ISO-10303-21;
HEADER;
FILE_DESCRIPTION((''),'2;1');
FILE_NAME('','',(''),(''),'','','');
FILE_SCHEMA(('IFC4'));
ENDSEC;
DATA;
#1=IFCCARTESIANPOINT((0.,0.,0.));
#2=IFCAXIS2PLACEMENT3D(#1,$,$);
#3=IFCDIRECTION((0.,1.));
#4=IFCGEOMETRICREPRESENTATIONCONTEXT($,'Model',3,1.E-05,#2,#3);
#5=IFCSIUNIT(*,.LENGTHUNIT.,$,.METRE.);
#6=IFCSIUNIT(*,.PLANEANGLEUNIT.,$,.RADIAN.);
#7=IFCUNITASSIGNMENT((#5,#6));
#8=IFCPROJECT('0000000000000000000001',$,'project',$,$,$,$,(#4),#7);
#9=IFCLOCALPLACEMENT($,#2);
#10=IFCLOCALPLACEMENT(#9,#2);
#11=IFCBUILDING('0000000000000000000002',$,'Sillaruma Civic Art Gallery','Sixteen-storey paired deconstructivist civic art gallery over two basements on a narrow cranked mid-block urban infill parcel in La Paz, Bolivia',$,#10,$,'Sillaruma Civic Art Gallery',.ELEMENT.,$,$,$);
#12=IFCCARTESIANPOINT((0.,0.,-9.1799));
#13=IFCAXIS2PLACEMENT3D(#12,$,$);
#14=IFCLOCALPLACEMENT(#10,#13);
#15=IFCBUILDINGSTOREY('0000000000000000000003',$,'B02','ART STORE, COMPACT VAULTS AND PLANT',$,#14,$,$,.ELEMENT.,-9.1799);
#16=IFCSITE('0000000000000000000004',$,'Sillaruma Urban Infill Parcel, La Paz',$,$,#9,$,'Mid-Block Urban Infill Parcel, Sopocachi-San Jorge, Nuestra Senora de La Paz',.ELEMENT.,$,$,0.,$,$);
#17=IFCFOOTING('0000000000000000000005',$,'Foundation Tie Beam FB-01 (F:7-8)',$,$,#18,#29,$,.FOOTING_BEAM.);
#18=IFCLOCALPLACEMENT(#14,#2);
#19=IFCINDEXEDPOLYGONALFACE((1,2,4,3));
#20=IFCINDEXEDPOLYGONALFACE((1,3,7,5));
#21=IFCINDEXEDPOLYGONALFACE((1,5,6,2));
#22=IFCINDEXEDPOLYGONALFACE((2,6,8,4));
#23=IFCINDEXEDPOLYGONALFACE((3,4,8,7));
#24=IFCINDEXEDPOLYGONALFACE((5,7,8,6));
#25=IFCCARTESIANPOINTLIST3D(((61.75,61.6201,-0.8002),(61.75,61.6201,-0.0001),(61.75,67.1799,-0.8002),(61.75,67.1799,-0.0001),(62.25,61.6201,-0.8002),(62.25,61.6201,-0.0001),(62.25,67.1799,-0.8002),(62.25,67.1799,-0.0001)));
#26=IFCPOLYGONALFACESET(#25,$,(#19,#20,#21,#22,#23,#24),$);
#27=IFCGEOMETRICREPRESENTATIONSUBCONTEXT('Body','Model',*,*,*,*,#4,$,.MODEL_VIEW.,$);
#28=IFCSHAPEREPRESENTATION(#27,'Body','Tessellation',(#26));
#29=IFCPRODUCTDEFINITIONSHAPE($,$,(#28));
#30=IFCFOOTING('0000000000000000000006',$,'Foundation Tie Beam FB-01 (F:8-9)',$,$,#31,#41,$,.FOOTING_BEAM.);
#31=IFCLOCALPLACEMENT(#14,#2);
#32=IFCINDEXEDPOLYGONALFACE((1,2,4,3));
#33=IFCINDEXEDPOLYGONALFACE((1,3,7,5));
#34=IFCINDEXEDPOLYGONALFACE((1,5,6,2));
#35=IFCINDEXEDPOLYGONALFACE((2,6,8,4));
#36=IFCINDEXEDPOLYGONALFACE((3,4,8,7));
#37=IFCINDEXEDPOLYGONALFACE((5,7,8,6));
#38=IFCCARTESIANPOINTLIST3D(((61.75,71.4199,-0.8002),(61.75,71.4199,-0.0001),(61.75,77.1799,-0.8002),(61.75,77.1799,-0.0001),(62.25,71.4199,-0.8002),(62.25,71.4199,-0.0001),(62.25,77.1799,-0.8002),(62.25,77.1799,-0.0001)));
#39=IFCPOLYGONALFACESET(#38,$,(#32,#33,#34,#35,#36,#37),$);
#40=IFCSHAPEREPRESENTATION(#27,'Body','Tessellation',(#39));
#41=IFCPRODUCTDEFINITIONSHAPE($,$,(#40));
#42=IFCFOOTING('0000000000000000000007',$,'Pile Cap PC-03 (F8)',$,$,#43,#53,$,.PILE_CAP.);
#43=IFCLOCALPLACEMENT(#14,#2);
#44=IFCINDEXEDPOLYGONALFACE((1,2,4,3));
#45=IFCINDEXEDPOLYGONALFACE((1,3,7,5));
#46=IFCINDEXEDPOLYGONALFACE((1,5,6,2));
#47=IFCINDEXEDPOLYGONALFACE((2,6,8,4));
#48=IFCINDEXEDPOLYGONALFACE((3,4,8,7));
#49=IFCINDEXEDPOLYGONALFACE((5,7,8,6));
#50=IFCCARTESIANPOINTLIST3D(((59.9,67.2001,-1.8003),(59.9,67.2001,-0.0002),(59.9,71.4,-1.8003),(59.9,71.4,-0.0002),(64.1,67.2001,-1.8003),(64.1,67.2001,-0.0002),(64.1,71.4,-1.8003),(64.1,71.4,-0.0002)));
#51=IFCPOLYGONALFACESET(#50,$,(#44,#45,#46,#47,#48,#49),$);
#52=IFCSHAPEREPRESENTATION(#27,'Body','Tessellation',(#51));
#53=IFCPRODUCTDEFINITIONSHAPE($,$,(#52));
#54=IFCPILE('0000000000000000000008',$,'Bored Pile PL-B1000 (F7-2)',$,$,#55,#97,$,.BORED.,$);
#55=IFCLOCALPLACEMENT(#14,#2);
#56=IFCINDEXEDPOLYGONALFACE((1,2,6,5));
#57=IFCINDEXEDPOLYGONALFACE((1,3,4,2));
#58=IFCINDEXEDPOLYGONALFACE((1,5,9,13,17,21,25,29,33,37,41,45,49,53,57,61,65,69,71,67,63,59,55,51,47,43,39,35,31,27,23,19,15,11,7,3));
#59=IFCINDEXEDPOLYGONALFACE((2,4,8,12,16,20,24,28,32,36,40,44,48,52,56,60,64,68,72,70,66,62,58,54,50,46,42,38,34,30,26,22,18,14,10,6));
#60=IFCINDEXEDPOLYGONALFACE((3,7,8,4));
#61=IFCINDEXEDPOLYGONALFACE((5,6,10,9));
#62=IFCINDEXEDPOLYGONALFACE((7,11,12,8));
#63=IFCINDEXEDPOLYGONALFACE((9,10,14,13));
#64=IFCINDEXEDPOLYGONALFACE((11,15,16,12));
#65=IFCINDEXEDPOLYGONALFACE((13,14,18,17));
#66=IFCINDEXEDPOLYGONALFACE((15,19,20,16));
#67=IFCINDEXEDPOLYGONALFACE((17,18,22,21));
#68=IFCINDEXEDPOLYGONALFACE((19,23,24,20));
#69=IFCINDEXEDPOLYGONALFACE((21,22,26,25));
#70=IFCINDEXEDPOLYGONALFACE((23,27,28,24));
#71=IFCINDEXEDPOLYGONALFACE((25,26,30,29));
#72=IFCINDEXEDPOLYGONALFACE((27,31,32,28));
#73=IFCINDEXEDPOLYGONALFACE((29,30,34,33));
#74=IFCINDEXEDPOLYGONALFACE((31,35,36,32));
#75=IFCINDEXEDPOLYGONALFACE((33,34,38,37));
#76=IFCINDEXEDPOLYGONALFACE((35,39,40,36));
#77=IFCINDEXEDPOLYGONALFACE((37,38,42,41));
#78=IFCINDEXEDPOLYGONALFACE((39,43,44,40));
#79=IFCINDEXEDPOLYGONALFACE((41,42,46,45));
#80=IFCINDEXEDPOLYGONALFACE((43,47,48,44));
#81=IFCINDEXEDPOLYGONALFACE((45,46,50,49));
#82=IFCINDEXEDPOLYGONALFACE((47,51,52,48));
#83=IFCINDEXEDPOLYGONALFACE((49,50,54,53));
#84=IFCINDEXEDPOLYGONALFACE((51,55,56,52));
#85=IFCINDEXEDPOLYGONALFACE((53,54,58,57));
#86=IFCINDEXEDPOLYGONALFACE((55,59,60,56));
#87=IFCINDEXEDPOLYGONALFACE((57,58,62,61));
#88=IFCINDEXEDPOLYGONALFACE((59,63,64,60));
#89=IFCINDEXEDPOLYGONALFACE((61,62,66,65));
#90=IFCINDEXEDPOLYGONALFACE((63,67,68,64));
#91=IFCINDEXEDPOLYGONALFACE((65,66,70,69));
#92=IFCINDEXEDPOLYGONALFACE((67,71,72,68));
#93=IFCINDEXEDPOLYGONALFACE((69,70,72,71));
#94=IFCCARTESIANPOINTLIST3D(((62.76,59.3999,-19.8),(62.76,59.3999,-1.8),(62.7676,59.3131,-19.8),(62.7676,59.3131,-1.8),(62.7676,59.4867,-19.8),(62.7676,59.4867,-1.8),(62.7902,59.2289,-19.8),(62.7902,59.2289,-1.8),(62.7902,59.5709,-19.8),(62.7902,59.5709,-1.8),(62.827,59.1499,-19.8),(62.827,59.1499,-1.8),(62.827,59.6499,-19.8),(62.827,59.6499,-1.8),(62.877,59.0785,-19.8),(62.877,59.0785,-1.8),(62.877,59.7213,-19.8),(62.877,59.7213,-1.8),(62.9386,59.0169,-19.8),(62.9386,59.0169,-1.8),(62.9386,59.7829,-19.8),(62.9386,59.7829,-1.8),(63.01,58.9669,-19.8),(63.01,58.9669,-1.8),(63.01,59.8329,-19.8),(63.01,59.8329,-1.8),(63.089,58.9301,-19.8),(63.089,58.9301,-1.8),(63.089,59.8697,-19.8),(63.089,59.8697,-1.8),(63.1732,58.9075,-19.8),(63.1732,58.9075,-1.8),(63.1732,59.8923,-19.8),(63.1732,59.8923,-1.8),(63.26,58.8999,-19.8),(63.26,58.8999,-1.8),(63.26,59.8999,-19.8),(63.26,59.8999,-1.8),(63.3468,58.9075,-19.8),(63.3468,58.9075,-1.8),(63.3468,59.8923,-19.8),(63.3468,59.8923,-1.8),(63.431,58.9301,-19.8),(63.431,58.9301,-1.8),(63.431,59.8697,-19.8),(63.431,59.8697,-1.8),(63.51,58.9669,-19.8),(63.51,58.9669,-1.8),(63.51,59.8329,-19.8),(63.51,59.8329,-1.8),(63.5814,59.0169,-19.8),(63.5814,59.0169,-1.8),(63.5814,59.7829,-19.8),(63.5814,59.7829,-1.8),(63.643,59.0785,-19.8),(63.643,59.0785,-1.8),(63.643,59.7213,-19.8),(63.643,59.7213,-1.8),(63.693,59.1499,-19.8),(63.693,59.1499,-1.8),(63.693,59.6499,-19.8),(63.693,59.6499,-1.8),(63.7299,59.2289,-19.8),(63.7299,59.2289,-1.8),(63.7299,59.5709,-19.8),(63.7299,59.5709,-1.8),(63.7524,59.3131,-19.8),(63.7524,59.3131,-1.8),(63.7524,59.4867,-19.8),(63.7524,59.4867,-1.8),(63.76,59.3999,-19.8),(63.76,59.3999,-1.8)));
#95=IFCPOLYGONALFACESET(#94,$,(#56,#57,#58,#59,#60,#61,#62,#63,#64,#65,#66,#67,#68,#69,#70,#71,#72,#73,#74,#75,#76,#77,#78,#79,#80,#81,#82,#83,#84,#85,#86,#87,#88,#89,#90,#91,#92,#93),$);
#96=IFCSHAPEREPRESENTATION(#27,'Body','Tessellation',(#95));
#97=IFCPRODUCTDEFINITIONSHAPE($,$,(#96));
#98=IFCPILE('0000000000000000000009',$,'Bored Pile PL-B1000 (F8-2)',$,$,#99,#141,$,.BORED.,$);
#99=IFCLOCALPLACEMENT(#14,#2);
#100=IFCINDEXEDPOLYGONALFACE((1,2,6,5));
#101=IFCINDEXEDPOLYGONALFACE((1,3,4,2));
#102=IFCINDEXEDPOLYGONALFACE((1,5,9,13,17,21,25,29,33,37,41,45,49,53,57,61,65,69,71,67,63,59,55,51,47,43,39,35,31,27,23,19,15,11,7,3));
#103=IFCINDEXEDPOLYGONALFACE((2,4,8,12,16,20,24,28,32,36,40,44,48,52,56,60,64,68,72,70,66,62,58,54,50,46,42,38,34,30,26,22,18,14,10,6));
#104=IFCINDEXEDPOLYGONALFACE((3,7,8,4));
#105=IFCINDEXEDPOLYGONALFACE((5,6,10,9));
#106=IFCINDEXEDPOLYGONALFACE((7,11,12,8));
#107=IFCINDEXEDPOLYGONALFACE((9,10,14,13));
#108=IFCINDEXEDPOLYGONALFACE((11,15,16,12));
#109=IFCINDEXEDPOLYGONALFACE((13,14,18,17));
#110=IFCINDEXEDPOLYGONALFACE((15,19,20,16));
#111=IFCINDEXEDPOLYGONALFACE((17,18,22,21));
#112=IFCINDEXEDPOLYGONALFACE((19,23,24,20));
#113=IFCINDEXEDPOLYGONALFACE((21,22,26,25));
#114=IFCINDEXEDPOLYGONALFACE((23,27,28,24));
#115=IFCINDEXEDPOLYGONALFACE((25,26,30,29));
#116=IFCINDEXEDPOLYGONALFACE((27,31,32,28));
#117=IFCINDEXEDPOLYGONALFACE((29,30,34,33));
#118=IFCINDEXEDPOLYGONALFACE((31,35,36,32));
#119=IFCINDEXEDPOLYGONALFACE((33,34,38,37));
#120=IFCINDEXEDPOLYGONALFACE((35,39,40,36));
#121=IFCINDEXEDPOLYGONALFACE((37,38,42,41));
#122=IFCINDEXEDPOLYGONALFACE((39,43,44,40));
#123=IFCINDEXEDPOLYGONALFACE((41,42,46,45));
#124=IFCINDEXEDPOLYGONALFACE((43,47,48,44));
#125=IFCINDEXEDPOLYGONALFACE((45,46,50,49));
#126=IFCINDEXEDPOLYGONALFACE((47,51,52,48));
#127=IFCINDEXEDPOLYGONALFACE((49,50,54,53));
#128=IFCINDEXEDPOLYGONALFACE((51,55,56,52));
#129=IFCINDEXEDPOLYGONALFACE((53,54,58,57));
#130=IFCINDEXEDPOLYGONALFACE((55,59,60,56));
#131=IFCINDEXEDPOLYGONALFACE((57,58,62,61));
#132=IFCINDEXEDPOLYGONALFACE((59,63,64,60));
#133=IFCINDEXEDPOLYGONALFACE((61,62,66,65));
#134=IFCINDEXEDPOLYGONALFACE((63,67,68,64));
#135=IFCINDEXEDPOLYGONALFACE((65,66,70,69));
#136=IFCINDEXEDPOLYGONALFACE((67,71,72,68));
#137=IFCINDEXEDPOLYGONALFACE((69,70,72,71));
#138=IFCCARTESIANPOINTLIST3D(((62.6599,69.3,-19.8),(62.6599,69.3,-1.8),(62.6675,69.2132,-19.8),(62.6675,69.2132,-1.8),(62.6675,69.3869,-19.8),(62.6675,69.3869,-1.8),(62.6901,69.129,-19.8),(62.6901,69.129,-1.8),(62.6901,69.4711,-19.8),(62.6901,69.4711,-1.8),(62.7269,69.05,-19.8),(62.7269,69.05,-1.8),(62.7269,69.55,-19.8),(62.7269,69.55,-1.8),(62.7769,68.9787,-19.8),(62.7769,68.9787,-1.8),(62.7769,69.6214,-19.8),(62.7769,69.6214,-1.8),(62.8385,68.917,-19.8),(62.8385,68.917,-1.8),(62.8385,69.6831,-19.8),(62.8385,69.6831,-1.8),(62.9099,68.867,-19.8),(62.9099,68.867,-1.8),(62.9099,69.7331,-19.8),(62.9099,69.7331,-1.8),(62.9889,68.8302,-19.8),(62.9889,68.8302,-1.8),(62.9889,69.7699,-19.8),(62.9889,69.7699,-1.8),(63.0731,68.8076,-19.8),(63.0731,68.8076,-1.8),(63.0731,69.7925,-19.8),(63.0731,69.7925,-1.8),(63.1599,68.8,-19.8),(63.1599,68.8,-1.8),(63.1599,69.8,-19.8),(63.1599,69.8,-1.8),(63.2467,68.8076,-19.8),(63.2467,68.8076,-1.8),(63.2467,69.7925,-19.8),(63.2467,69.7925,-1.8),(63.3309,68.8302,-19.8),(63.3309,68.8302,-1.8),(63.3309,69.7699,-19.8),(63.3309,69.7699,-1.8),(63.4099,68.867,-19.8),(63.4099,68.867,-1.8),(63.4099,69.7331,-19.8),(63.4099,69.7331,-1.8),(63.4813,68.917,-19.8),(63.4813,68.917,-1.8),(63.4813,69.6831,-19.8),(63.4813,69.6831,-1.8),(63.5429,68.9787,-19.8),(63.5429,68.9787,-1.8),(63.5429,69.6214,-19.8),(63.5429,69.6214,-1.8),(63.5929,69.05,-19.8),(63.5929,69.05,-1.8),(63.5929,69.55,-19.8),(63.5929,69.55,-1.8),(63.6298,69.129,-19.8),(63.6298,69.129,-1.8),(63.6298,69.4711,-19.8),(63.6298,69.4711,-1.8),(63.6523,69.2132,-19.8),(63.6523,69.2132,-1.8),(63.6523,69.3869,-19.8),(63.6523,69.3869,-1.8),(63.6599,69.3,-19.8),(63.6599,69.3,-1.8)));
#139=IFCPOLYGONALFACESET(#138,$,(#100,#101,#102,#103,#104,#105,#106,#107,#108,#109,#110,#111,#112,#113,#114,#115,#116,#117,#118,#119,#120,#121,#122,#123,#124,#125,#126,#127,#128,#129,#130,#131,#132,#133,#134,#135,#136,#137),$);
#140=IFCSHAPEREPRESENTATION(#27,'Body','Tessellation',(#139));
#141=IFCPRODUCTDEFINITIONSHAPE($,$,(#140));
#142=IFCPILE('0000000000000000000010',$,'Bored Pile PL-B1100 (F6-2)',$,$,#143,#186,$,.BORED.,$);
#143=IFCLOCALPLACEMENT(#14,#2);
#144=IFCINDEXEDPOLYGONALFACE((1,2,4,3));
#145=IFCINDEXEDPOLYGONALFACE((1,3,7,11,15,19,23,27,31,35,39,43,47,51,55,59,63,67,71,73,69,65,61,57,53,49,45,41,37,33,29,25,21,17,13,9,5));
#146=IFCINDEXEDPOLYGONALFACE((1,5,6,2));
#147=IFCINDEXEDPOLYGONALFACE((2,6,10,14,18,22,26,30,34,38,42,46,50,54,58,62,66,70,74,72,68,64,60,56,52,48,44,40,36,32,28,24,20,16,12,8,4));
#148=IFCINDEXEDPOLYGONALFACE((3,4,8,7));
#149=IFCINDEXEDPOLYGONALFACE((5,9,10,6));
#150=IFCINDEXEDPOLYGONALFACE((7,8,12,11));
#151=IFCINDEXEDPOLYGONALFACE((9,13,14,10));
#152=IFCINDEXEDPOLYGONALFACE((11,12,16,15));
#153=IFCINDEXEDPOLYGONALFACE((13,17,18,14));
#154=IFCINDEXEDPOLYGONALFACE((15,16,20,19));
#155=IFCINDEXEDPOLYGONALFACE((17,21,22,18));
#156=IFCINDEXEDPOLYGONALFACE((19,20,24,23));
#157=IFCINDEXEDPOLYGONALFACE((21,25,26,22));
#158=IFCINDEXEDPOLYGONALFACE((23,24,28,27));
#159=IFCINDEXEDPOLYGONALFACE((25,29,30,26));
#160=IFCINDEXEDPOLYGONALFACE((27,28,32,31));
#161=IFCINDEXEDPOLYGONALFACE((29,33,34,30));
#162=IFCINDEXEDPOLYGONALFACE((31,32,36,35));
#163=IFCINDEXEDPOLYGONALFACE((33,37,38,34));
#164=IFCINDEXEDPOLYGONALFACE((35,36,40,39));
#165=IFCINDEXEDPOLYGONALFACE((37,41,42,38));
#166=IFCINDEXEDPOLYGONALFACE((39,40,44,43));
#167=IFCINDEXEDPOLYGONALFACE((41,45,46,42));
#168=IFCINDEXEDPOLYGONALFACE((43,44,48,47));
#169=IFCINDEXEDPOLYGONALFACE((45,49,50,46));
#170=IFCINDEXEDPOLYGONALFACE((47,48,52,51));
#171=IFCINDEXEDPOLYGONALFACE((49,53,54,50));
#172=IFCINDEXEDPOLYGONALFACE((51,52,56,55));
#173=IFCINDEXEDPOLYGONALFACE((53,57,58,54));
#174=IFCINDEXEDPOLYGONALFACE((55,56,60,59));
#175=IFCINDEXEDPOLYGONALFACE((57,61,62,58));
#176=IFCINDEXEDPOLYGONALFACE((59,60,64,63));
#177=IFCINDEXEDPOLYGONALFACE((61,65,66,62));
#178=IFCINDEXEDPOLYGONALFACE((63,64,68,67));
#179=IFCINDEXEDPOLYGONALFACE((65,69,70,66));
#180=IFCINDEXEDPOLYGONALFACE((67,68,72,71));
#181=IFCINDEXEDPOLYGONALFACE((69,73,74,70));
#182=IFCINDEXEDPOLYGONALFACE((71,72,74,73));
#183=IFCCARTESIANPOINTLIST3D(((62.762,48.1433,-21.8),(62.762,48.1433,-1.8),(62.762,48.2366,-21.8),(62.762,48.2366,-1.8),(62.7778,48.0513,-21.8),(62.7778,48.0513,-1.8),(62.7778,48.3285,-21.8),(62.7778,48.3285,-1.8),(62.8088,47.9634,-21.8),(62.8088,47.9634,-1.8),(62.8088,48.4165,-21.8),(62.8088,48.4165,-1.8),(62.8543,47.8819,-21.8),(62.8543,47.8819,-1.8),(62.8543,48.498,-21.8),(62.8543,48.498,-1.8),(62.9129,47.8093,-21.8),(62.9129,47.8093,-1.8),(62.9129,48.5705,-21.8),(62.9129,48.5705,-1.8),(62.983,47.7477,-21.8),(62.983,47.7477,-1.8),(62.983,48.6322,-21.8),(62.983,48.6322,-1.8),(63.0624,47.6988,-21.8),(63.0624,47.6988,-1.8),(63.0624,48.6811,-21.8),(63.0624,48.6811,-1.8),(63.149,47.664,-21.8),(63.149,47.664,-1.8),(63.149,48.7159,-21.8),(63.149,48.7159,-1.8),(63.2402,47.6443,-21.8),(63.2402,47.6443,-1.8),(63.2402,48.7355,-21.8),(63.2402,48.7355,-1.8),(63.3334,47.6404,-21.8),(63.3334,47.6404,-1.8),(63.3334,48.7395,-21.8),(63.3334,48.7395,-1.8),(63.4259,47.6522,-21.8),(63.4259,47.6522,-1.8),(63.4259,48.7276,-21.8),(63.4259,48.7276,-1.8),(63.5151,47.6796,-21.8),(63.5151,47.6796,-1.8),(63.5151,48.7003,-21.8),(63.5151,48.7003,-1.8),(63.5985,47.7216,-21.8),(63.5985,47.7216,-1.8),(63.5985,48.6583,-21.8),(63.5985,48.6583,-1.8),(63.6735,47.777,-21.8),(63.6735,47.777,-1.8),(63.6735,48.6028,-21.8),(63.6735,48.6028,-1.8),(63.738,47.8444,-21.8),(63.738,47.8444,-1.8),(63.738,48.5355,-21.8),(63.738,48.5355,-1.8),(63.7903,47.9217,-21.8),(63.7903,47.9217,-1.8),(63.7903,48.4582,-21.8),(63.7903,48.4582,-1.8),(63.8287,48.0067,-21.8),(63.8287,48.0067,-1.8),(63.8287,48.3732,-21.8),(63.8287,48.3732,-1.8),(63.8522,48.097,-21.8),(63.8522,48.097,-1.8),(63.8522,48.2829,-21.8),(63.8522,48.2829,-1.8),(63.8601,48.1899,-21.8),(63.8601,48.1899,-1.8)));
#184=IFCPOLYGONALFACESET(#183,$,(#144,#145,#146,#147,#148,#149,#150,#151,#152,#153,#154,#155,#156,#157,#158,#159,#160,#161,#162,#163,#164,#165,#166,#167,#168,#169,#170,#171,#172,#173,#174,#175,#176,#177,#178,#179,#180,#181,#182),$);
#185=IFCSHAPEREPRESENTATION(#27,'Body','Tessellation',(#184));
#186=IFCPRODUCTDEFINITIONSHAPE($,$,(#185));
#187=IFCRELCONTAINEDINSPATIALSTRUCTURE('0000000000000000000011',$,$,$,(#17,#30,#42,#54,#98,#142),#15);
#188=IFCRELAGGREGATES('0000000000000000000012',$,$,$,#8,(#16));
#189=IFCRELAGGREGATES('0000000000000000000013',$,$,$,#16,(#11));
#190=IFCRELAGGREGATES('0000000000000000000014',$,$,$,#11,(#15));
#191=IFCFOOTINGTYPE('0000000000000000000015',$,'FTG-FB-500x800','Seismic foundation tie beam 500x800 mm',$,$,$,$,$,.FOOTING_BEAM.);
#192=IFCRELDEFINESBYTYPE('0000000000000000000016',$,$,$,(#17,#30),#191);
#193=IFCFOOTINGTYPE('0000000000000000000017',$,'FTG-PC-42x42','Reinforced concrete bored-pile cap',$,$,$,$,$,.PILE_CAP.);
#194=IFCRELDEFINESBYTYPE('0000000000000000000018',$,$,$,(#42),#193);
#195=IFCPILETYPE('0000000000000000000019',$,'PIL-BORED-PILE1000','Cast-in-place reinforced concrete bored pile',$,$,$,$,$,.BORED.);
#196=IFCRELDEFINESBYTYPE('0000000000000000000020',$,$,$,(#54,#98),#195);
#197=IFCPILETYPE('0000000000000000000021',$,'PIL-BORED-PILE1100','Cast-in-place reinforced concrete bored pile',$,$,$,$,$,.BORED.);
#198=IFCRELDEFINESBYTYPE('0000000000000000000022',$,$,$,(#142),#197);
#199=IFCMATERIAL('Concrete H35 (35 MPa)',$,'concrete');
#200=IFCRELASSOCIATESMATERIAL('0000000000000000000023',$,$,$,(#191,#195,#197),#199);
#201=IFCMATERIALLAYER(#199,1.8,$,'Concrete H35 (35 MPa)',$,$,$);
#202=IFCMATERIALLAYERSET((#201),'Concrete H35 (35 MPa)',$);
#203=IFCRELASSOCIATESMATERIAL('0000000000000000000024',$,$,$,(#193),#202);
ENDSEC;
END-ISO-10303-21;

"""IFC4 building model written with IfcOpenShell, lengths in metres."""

from ifc_helpers import new_model, si_unit, direction, frame, origin, origin_2d, place, context, subcontext, project, spatial, rectangle, circle, extrude, material, layer, layer_set, material_profile, profile_set, type_object, element, save


model = new_model("IFC4")

# Units and contexts
model_context = context("Model", 3, precision=1e-05, world=origin(), true_north=direction((0.0, 1.0)))
body_context = subcontext(model_context, "Body", "Model", "MODEL_VIEW")
ifc_project = project(units=[si_unit("LENGTHUNIT", "METRE"), si_unit("PLANEANGLEUNIT", "RADIAN")], contexts=[model_context])

# Site, building, storey
site_placement = place(None, origin())
site = spatial("IfcSite", under=ifc_project, at=site_placement, Name="Sillaruma Urban Infill Parcel, La Paz", LongName="Mid-Block Urban Infill Parcel, Sopocachi-San Jorge, Nuestra Senora de La Paz", CompositionType="ELEMENT", RefElevation=0.0)
building_placement = place(site_placement, origin())
building = spatial("IfcBuilding", under=site, at=building_placement, Name="Sillaruma Civic Art Gallery", Description="Sixteen-storey paired deconstructivist civic art gallery over two basements on a narrow cranked mid-block urban infill parcel in La Paz, Bolivia", LongName="Sillaruma Civic Art Gallery", CompositionType="ELEMENT")
storey_placement = place(building_placement, frame((0.0, 0.0, -9.1799)))
storey = spatial("IfcBuildingStorey", under=building, at=storey_placement, Name="B02", Description="ART STORE, COMPACT VAULTS AND PLANT", CompositionType="ELEMENT", Elevation=-9.1799)

# Footings
ifc_material_1 = material(Name="Concrete H35 (35 MPa)", Category="concrete")
ifc_material_profile_1 = material_profile(ifc_material_1, rectangle(XDim=0.5, YDim=0.8, at=origin_2d()), Name="RCB500x800")
ifc_profile_set_1 = profile_set([ifc_material_profile_1], Name="Concrete H35 (35 MPa)")
footing_type_1 = type_object("IfcFootingType", Name="FTG-FB-500x800", Description="Seismic foundation tie beam 500x800 mm", PredefinedType="FOOTING_BEAM", material=ifc_profile_set_1)
footing_1_placement = place(storey_placement, frame((62.0, 61.6201, -0.4001), z_axis=(0.0, 1.0, 0.0), x_axis=(-1.0, 0.0, 0.0)))
element("IfcFooting", 1, at=footing_1_placement, inside=storey, type_object=footing_type_1, Name="Foundation Tie Beam FB-01 (F:7-8)", PredefinedType="FOOTING_BEAM", context=body_context, shape_type="SweptSolid", body=[
    extrude(rectangle(XDim=0.5, YDim=0.8, at=origin_2d()), origin(), (0.0, 0.0, 1.0), 5.5598),
])
footing_2_placement = place(storey_placement, frame((62.0, 71.4199, -0.4001), z_axis=(0.0, 1.0, 0.0), x_axis=(-1.0, 0.0, 0.0)))
element("IfcFooting", 2, at=footing_2_placement, inside=storey, type_object=footing_type_1, Name="Foundation Tie Beam FB-01 (F:8-9)", PredefinedType="FOOTING_BEAM", context=body_context, shape_type="SweptSolid", body=[
    extrude(rectangle(XDim=0.5, YDim=0.8, at=origin_2d()), origin(), (0.0, 0.0, 1.0), 5.76),
])
ifc_layer_1 = layer(ifc_material_1, 1.8, Name="Concrete H35 (35 MPa)")
ifc_layer_set_1 = layer_set([ifc_layer_1], Name="Concrete H35 (35 MPa)")
footing_type_2 = type_object("IfcFootingType", Name="FTG-PC-42x42", Description="Reinforced concrete bored-pile cap", PredefinedType="PILE_CAP", material=ifc_layer_set_1)
footing_3_placement = place(storey_placement, frame((62.0, 69.3, -1.8003), z_axis=(0.0, 0.0, 1.0), x_axis=(1.0, 0.0, 0.0)))
element("IfcFooting", 3, at=footing_3_placement, inside=storey, type_object=footing_type_2, Name="Pile Cap PC-03 (F8)", PredefinedType="PILE_CAP", context=body_context, shape_type="SweptSolid", body=[
    extrude(rectangle(XDim=4.2, YDim=4.2, at=origin_2d()), origin(), (0.0, 0.0, 1.0), 1.8),
])

# Piles
ifc_material_profile_2 = material_profile(ifc_material_1, circle(Radius=0.5, at=origin_2d()), Name="PILE1000")
ifc_profile_set_2 = profile_set([ifc_material_profile_2], Name="Concrete H35 (35 MPa)")
pile_type_1 = type_object("IfcPileType", Name="PIL-BORED-PILE1000", Description="Cast-in-place reinforced concrete bored pile", PredefinedType="BORED", material=ifc_profile_set_2)
for number, where, z_axis, x_axis, name in (
    (4, (63.26, 59.3999, -1.8), (0.0, 0.0, -1.0), (1.0, 0.0, 0.0), "Bored Pile PL-B1000 (F7-2)"),
    (5, (63.1599, 69.3, -1.8), (0.0, 0.0, -1.0), (1.0, 0.0, 0.0), "Bored Pile PL-B1000 (F8-2)"),
):
    element("IfcPile", number, at=place(storey_placement, frame(where, z_axis=z_axis, x_axis=x_axis)), inside=storey, type_object=pile_type_1, Name=name, PredefinedType="BORED", context=body_context, shape_type="SweptSolid", body=[
        extrude(circle(Radius=0.5, at=origin_2d()), origin(), (0.0, 0.0, 1.0), 18.0),
    ])
ifc_material_profile_3 = material_profile(ifc_material_1, circle(Radius=0.55, at=origin_2d()), Name="PILE1100")
ifc_profile_set_3 = profile_set([ifc_material_profile_3], Name="Concrete H35 (35 MPa)")
pile_type_2 = type_object("IfcPileType", Name="PIL-BORED-PILE1100", Description="Cast-in-place reinforced concrete bored pile", PredefinedType="BORED", material=ifc_profile_set_3)
for number, where, z_axis, x_axis, name in (
    (6, (63.3101, 48.1899, -1.8), (0.0, 0.0, -1.0), (1.0, 0.0, 0.0), "Bored Pile PL-B1100 (F6-2)"),
):
    element("IfcPile", number, at=place(storey_placement, frame(where, z_axis=z_axis, x_axis=x_axis)), inside=storey, type_object=pile_type_2, Name=name, PredefinedType="BORED", context=body_context, shape_type="SweptSolid", body=[
        extrude(circle(Radius=0.55, at=origin_2d()), origin(), (0.0, 0.0, 1.0), 20.0),
    ])

save(model, "model.ifc")
